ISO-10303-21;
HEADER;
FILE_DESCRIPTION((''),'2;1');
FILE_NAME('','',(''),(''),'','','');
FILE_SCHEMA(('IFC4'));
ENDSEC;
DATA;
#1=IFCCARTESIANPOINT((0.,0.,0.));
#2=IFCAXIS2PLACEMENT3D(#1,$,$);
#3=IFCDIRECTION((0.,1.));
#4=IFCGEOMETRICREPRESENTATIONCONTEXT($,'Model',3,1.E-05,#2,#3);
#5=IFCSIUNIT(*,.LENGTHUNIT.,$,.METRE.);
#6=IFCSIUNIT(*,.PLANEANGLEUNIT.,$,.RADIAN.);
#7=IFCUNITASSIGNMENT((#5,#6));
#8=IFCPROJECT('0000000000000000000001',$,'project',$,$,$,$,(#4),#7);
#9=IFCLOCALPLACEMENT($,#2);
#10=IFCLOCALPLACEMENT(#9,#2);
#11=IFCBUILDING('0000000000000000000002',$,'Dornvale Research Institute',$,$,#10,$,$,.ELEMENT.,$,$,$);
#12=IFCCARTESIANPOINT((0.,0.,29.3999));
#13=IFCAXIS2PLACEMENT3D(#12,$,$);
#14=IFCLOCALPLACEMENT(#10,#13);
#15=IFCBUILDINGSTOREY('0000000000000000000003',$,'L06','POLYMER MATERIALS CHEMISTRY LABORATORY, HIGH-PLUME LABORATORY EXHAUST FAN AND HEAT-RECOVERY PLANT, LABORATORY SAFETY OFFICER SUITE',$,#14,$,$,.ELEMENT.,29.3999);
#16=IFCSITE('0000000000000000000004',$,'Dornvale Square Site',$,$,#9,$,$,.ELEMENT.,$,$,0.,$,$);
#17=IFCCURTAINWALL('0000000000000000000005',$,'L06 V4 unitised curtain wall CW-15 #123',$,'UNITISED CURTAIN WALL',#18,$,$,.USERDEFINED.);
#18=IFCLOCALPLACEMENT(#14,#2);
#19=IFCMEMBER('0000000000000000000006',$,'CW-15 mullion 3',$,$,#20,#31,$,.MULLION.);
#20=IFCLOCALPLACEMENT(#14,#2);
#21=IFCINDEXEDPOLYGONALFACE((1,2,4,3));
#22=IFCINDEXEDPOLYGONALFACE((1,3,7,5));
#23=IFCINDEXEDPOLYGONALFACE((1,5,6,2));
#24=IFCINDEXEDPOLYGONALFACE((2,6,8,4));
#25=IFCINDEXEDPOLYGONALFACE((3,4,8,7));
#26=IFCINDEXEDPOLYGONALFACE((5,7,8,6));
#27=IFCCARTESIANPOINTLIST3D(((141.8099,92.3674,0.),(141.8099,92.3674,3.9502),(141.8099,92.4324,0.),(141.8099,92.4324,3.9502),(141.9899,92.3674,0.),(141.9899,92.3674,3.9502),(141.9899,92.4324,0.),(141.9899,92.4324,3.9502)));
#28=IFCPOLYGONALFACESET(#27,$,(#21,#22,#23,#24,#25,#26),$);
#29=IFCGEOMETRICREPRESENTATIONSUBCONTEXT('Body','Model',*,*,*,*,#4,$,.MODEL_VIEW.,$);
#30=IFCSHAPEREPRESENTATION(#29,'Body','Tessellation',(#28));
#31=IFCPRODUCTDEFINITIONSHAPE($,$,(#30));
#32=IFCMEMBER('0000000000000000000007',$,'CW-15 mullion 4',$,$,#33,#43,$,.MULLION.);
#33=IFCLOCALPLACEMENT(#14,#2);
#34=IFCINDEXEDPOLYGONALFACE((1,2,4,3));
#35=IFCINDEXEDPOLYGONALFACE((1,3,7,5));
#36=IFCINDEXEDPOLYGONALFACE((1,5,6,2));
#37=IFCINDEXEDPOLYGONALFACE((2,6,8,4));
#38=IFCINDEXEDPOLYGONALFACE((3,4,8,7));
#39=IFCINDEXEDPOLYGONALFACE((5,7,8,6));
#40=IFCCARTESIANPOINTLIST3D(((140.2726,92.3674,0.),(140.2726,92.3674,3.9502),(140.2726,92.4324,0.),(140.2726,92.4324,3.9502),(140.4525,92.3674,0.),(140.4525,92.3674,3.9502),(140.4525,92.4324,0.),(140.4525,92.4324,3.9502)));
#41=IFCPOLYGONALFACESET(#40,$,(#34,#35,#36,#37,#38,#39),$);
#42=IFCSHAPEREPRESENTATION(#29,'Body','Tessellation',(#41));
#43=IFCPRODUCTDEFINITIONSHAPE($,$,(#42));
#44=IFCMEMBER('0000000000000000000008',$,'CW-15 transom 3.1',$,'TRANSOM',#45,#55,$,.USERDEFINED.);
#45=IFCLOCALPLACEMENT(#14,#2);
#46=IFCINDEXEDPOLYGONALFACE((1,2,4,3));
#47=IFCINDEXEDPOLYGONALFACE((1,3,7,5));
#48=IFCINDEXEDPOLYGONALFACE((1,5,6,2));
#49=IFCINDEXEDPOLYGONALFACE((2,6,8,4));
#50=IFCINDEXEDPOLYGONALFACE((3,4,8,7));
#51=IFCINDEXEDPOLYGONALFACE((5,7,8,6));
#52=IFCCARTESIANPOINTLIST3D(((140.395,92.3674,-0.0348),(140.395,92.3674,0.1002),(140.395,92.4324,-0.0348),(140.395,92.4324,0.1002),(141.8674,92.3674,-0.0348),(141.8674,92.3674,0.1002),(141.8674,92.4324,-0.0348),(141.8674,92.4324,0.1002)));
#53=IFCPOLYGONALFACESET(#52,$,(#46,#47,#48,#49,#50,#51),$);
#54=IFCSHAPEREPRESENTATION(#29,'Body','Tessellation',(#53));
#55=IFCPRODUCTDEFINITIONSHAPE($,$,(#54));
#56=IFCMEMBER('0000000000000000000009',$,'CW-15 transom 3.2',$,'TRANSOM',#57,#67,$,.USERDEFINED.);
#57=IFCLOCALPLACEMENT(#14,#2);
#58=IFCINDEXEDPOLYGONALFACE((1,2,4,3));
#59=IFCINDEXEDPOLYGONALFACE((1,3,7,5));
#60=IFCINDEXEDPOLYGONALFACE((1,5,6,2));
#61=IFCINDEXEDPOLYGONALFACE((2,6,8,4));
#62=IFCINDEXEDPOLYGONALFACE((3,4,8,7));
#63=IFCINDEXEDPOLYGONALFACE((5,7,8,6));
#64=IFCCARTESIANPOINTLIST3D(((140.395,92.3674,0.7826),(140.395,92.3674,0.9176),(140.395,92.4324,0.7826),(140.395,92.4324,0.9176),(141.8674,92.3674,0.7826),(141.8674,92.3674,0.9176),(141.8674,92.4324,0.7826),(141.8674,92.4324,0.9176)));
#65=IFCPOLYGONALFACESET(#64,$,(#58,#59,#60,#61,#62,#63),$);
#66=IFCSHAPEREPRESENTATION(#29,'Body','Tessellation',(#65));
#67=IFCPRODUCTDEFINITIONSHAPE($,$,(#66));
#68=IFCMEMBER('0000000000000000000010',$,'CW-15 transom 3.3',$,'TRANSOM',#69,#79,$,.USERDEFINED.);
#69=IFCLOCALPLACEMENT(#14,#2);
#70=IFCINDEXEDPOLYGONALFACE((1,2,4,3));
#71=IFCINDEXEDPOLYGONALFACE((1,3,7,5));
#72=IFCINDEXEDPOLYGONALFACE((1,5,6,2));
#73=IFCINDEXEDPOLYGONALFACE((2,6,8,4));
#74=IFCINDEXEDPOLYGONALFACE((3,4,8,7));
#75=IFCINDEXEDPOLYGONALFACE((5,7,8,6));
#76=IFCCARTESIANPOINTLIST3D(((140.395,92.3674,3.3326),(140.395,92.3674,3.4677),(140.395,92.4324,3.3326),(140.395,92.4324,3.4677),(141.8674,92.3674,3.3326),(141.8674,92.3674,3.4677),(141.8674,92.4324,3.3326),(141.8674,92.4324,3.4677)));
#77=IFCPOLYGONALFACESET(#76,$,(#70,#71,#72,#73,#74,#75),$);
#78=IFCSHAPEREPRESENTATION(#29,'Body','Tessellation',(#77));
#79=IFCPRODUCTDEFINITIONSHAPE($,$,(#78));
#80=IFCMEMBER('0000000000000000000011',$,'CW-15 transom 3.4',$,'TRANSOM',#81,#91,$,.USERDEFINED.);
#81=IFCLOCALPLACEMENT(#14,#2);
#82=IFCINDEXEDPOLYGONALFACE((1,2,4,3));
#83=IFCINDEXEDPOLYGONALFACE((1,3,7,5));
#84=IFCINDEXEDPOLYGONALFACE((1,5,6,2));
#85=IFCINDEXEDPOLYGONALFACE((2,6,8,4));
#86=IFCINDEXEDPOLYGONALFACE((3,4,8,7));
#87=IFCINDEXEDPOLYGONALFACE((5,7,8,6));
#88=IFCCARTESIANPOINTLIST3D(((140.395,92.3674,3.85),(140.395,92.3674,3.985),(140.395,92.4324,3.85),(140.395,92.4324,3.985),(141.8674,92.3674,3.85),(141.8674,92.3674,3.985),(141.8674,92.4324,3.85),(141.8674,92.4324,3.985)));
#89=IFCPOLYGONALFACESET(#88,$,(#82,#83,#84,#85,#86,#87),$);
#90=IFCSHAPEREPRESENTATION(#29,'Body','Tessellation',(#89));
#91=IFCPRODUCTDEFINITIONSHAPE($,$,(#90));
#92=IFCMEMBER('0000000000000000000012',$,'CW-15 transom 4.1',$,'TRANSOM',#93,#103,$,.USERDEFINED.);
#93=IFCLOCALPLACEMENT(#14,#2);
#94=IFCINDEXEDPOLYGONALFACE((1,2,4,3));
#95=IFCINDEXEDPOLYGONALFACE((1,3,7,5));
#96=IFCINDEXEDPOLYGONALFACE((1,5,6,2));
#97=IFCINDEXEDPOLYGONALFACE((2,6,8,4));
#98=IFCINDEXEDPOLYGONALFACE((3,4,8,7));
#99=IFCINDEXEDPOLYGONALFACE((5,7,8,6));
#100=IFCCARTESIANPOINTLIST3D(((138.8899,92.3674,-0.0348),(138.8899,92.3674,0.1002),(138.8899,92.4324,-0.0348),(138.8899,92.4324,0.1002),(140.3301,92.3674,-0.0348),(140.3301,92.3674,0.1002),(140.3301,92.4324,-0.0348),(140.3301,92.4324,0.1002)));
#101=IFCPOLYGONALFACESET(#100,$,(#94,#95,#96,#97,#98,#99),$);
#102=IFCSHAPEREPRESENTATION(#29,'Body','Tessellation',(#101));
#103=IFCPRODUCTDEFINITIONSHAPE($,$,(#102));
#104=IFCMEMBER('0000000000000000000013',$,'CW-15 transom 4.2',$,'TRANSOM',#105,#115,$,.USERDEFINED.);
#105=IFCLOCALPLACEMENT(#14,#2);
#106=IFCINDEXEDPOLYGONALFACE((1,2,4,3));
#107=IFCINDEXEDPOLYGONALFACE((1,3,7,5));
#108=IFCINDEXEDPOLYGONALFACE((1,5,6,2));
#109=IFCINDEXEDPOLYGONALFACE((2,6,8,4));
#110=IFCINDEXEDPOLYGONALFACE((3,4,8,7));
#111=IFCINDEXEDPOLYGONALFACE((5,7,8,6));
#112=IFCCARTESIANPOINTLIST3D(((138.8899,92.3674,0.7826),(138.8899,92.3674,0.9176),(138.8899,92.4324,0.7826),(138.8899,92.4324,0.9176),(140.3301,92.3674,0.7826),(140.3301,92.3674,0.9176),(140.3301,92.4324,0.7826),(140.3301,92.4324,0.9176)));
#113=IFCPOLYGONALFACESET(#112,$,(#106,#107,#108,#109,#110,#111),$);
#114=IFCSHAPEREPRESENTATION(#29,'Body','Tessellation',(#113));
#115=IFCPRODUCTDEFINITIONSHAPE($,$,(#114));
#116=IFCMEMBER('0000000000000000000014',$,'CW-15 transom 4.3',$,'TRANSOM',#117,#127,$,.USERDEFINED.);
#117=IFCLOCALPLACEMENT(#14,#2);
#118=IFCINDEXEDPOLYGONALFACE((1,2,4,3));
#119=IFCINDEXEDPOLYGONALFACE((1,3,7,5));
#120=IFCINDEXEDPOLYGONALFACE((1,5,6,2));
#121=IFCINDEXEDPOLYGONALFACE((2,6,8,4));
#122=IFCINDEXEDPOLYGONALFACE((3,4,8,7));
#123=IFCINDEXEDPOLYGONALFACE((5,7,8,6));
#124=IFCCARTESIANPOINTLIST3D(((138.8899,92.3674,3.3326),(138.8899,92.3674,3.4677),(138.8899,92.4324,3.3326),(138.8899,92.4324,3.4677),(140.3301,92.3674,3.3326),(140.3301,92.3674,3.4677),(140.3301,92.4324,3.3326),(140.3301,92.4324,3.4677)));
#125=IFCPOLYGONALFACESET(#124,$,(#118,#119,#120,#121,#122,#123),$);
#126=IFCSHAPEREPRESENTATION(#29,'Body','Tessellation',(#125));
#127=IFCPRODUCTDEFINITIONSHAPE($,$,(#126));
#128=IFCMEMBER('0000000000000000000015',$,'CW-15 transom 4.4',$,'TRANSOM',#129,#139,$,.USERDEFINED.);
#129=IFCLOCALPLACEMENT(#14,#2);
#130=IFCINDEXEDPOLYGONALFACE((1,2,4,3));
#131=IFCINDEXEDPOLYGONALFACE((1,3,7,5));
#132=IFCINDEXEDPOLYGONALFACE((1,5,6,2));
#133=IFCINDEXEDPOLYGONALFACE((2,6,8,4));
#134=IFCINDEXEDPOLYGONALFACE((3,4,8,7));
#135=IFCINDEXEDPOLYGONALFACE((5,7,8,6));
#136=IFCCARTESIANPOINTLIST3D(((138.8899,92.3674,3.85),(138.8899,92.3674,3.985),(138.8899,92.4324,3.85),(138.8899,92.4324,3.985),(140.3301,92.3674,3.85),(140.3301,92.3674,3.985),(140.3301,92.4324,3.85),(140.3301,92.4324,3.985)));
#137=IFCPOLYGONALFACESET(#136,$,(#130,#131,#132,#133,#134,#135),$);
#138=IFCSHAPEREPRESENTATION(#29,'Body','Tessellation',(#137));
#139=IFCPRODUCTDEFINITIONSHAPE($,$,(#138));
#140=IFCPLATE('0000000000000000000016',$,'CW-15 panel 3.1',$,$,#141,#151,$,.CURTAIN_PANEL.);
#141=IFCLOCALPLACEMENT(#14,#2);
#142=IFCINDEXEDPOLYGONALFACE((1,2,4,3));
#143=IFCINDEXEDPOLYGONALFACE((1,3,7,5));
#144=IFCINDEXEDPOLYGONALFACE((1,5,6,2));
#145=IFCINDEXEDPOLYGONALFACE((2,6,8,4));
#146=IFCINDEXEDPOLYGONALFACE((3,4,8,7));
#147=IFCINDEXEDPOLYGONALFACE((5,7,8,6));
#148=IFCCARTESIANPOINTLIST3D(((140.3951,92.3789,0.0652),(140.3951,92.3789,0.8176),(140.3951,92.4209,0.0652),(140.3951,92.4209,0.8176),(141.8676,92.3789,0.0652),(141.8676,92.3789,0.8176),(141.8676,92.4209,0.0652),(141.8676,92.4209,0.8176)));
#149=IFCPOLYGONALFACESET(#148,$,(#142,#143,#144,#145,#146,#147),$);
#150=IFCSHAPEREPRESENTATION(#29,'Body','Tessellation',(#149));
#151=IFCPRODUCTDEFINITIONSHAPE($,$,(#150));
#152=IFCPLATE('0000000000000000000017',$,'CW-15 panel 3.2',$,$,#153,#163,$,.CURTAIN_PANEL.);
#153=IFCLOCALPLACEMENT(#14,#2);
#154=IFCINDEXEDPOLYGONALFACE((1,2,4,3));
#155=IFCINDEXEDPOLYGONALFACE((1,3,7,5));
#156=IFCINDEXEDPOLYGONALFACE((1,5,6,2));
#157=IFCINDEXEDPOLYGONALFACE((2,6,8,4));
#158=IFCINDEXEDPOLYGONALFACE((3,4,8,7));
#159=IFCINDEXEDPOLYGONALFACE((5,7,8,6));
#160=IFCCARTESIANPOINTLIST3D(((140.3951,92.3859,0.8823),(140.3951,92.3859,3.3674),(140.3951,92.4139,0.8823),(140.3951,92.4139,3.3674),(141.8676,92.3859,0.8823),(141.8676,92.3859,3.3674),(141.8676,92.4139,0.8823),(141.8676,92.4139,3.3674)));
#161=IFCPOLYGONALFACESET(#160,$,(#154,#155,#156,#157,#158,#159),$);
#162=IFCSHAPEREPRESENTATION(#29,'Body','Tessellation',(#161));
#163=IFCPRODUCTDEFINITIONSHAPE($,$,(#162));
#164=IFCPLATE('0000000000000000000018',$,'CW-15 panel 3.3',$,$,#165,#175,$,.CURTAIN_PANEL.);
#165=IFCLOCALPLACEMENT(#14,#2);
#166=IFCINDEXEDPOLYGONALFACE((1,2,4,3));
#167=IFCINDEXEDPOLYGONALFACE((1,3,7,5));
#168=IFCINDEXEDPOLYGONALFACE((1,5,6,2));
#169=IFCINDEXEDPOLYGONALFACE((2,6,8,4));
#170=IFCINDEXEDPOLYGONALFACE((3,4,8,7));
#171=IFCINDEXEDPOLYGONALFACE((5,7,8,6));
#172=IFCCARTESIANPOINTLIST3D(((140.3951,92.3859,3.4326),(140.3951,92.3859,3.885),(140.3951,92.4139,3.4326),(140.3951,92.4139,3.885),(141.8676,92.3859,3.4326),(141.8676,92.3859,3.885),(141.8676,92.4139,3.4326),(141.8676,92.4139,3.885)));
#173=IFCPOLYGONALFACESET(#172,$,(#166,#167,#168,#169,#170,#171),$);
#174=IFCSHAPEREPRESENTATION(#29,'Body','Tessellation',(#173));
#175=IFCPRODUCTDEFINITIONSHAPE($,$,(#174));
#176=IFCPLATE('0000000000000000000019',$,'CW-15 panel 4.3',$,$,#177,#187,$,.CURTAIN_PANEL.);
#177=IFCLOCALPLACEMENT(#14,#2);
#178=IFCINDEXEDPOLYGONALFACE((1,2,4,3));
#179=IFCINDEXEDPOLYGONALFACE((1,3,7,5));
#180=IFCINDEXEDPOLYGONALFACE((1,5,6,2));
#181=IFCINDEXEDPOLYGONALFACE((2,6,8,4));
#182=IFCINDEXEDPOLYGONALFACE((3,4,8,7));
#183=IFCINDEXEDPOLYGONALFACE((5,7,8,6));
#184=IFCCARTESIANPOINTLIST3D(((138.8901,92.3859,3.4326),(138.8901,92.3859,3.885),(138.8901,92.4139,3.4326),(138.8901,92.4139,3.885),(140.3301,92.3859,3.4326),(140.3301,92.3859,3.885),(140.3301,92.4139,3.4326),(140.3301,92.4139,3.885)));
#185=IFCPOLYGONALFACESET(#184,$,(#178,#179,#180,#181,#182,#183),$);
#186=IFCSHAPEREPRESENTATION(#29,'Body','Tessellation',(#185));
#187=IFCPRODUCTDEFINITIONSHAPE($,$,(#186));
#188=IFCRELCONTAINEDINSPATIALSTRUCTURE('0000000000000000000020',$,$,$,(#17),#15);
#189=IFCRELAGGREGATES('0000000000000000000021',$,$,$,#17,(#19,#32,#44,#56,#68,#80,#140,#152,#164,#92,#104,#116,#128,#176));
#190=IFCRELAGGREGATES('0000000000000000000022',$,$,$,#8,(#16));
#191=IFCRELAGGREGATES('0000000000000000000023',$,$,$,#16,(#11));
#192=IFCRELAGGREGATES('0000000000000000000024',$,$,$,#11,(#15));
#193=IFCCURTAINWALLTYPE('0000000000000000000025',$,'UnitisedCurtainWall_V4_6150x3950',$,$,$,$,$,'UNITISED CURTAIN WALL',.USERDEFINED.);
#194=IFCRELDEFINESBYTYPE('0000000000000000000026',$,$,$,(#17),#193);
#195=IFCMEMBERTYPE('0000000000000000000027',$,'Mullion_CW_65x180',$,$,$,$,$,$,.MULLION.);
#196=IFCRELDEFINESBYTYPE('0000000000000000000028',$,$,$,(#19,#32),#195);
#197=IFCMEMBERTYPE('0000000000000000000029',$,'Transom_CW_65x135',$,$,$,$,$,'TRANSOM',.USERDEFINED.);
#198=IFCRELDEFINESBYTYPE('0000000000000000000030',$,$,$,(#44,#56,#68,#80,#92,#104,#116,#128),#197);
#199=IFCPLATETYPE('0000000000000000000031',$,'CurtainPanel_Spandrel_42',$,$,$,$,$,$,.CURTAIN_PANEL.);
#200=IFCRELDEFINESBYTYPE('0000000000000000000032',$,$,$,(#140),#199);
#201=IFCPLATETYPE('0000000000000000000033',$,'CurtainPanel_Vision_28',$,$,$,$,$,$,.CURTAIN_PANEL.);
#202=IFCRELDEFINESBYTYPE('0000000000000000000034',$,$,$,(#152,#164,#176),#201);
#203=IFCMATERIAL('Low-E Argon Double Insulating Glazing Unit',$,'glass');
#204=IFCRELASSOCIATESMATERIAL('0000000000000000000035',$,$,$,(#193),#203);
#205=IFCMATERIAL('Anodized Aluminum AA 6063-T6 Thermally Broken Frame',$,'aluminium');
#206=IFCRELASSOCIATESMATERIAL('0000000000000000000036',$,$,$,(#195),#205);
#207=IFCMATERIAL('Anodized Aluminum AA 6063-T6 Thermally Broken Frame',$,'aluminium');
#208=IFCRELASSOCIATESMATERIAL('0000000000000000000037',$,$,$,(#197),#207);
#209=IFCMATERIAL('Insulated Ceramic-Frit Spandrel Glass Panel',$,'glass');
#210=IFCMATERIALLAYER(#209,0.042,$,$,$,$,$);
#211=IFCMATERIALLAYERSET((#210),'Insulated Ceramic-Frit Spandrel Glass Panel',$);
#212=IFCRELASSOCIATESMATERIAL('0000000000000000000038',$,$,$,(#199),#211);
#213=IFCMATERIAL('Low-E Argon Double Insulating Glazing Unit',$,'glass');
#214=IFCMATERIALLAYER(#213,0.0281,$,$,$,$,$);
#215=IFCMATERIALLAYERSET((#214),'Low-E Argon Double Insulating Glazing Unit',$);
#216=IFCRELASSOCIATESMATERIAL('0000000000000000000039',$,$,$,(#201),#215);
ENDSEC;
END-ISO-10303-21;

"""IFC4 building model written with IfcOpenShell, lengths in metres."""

from ifc_helpers import new_model, si_unit, direction, frame, origin, origin_2d, place, context, subcontext, project, spatial, rectangle, extrude, material, layer, layer_set, material_profile, profile_set, type_object, element, aggregate, save


model = new_model("IFC4")

# Units and contexts
model_context = context("Model", 3, precision=1e-05, world=origin(), true_north=direction((0.0, 1.0)))
body_context = subcontext(model_context, "Body", "Model", "MODEL_VIEW")
ifc_project = project(units=[si_unit("LENGTHUNIT", "METRE"), si_unit("PLANEANGLEUNIT", "RADIAN")], contexts=[model_context])

# Site, building, storey
site_placement = place(None, origin())
site = spatial("IfcSite", under=ifc_project, at=site_placement, Name="Dornvale Square Site", CompositionType="ELEMENT", RefElevation=0.0)
building_placement = place(site_placement, origin())
building = spatial("IfcBuilding", under=site, at=building_placement, Name="Dornvale Research Institute", CompositionType="ELEMENT")
storey_placement = place(building_placement, frame((0.0, 0.0, 29.3999)))
storey = spatial("IfcBuildingStorey", under=building, at=storey_placement, Name="L06", Description="POLYMER MATERIALS CHEMISTRY LABORATORY, HIGH-PLUME LABORATORY EXHAUST FAN AND HEAT-RECOVERY PLANT, LABORATORY SAFETY OFFICER SUITE", CompositionType="ELEMENT", Elevation=29.3999)

# Curtain wall, members, plates
ifc_material_1 = material(Name="Low-E Argon Double Insulating Glazing Unit", Category="glass")
curtain_wall_type = type_object("IfcCurtainWallType", Name="UnitisedCurtainWall_V4_6150x3950", ElementType="UNITISED CURTAIN WALL", PredefinedType="USERDEFINED", material=ifc_material_1)
curtain_wall_placement = place(storey_placement, origin())
curtain_wall = element("IfcCurtainWall", 1, at=curtain_wall_placement, inside=storey, type_object=curtain_wall_type, Name="L06 V4 unitised curtain wall CW-15 #123", ObjectType="UNITISED CURTAIN WALL", PredefinedType="USERDEFINED")
ifc_material_2 = material(Name="Anodized Aluminum AA 6063-T6 Thermally Broken Frame", Category="aluminium")
ifc_material_profile_1 = material_profile(ifc_material_2, rectangle(XDim=0.0649, YDim=0.1799, at=origin_2d()), Name="ALU MULLION 65x180")
ifc_profile_set_1 = profile_set([ifc_material_profile_1], Name="Anodized Aluminum AA 6063-T6 Thermally Broken Frame")
member_type_1 = type_object("IfcMemberType", Name="Mullion_CW_65x180", PredefinedType="MULLION", material=ifc_profile_set_1)
member_1_placement = place(storey_placement, frame((141.8999, 92.3999, 0.0), z_axis=(0.0, 0.0, 1.0), x_axis=(0.0, -1.0, 0.0)))
member_1 = element("IfcMember", 2, at=member_1_placement, type_object=member_type_1, Name="CW-15 mullion 3", PredefinedType="MULLION", context=body_context, shape_type="SweptSolid", body=[
    extrude(rectangle(XDim=0.0649, YDim=0.1799, at=origin_2d()), origin(), (0.0, 0.0, 1.0), 3.9502),
])
member_2_placement = place(storey_placement, frame((140.3625, 92.3999, 0.0), z_axis=(0.0, 0.0, 1.0), x_axis=(0.0, -1.0, 0.0)))
member_2 = element("IfcMember", 3, at=member_2_placement, type_object=member_type_1, Name="CW-15 mullion 4", PredefinedType="MULLION", context=body_context, shape_type="SweptSolid", body=[
    extrude(rectangle(XDim=0.0649, YDim=0.1799, at=origin_2d()), origin(), (0.0, 0.0, 1.0), 3.9502),
])
ifc_material_3 = material(Name="Anodized Aluminum AA 6063-T6 Thermally Broken Frame", Category="aluminium")
ifc_material_profile_2 = material_profile(ifc_material_3, rectangle(XDim=0.0649, YDim=0.135, at=origin_2d()), Name="ALU TRANSOM 65x135")
ifc_profile_set_2 = profile_set([ifc_material_profile_2], Name="Anodized Aluminum AA 6063-T6 Thermally Broken Frame")
member_type_2 = type_object("IfcMemberType", Name="Transom_CW_65x135", ElementType="TRANSOM", PredefinedType="USERDEFINED", material=ifc_profile_set_2)
member_3_placement = place(storey_placement, frame((141.8674, 92.3999, 0.0327), z_axis=(-1.0, 0.0, 0.0), x_axis=(0.0, -1.0, 0.0)))
member_3 = element("IfcMember", 4, at=member_3_placement, type_object=member_type_2, Name="CW-15 transom 3.1", ObjectType="TRANSOM", PredefinedType="USERDEFINED", context=body_context, shape_type="SweptSolid", body=[
    extrude(rectangle(XDim=0.0649, YDim=0.135, at=origin_2d()), origin(), (0.0, 0.0, 1.0), 1.4724),
])
member_4_placement = place(storey_placement, frame((141.8674, 92.3999, 0.8501), z_axis=(-1.0, 0.0, 0.0), x_axis=(0.0, -1.0, 0.0)))
member_4 = element("IfcMember", 5, at=member_4_placement, type_object=member_type_2, Name="CW-15 transom 3.2", ObjectType="TRANSOM", PredefinedType="USERDEFINED", context=body_context, shape_type="SweptSolid", body=[
    extrude(rectangle(XDim=0.0649, YDim=0.135, at=origin_2d()), origin(), (0.0, 0.0, 1.0), 1.4724),
])
member_5_placement = place(storey_placement, frame((141.8674, 92.3999, 3.4001), z_axis=(-1.0, 0.0, 0.0), x_axis=(0.0, -1.0, 0.0)))
member_5 = element("IfcMember", 6, at=member_5_placement, type_object=member_type_2, Name="CW-15 transom 3.3", ObjectType="TRANSOM", PredefinedType="USERDEFINED", context=body_context, shape_type="SweptSolid", body=[
    extrude(rectangle(XDim=0.0649, YDim=0.135, at=origin_2d()), origin(), (0.0, 0.0, 1.0), 1.4724),
])
member_6_placement = place(storey_placement, frame((141.8674, 92.3999, 3.9175), z_axis=(-1.0, 0.0, 0.0), x_axis=(0.0, -1.0, 0.0)))
member_6 = element("IfcMember", 7, at=member_6_placement, type_object=member_type_2, Name="CW-15 transom 3.4", ObjectType="TRANSOM", PredefinedType="USERDEFINED", context=body_context, shape_type="SweptSolid", body=[
    extrude(rectangle(XDim=0.0649, YDim=0.135, at=origin_2d()), origin(), (0.0, 0.0, 1.0), 1.4724),
])
member_7_placement = place(storey_placement, frame((140.3301, 92.3999, 0.0327), z_axis=(-1.0, 0.0, 0.0), x_axis=(0.0, -1.0, 0.0)))
member_7 = element("IfcMember", 8, at=member_7_placement, type_object=member_type_2, Name="CW-15 transom 4.1", ObjectType="TRANSOM", PredefinedType="USERDEFINED", context=body_context, shape_type="SweptSolid", body=[
    extrude(rectangle(XDim=0.0649, YDim=0.135, at=origin_2d()), origin(), (0.0, 0.0, 1.0), 1.4402),
])
member_8_placement = place(storey_placement, frame((140.3301, 92.3999, 0.8501), z_axis=(-1.0, 0.0, 0.0), x_axis=(0.0, -1.0, 0.0)))
member_8 = element("IfcMember", 9, at=member_8_placement, type_object=member_type_2, Name="CW-15 transom 4.2", ObjectType="TRANSOM", PredefinedType="USERDEFINED", context=body_context, shape_type="SweptSolid", body=[
    extrude(rectangle(XDim=0.0649, YDim=0.135, at=origin_2d()), origin(), (0.0, 0.0, 1.0), 1.4402),
])
member_9_placement = place(storey_placement, frame((140.3301, 92.3999, 3.4001), z_axis=(-1.0, 0.0, 0.0), x_axis=(0.0, -1.0, 0.0)))
member_9 = element("IfcMember", 10, at=member_9_placement, type_object=member_type_2, Name="CW-15 transom 4.3", ObjectType="TRANSOM", PredefinedType="USERDEFINED", context=body_context, shape_type="SweptSolid", body=[
    extrude(rectangle(XDim=0.0649, YDim=0.135, at=origin_2d()), origin(), (0.0, 0.0, 1.0), 1.4402),
])
member_10_placement = place(storey_placement, frame((140.3301, 92.3999, 3.9175), z_axis=(-1.0, 0.0, 0.0), x_axis=(0.0, -1.0, 0.0)))
member_10 = element("IfcMember", 11, at=member_10_placement, type_object=member_type_2, Name="CW-15 transom 4.4", ObjectType="TRANSOM", PredefinedType="USERDEFINED", context=body_context, shape_type="SweptSolid", body=[
    extrude(rectangle(XDim=0.0649, YDim=0.135, at=origin_2d()), origin(), (0.0, 0.0, 1.0), 1.4402),
])
ifc_material_4 = material(Name="Insulated Ceramic-Frit Spandrel Glass Panel", Category="glass")
ifc_layer_1 = layer(ifc_material_4, 0.042)
ifc_layer_set_1 = layer_set([ifc_layer_1], Name="Insulated Ceramic-Frit Spandrel Glass Panel")
plate_type_1 = type_object("IfcPlateType", Name="CurtainPanel_Spandrel_42", PredefinedType="CURTAIN_PANEL", material=ifc_layer_set_1)
plate_1_placement = place(storey_placement, frame((141.1313, 92.3999, 0.0652), z_axis=(0.0, 0.0, 1.0), x_axis=(-1.0, 0.0, 0.0)))
plate_1 = element("IfcPlate", 12, at=plate_1_placement, type_object=plate_type_1, Name="CW-15 panel 3.1", PredefinedType="CURTAIN_PANEL", context=body_context, shape_type="SweptSolid", body=[
    extrude(rectangle(XDim=1.4724, YDim=0.042, at=origin_2d()), origin(), (0.0, 0.0, 1.0), 0.7524),
])
ifc_material_5 = material(Name="Low-E Argon Double Insulating Glazing Unit", Category="glass")
ifc_layer_2 = layer(ifc_material_5, 0.0281)
ifc_layer_set_2 = layer_set([ifc_layer_2], Name="Low-E Argon Double Insulating Glazing Unit")
plate_type_2 = type_object("IfcPlateType", Name="CurtainPanel_Vision_28", PredefinedType="CURTAIN_PANEL", material=ifc_layer_set_2)
plate_2_placement = place(storey_placement, frame((141.1313, 92.3999, 0.8823), z_axis=(0.0, 0.0, 1.0), x_axis=(-1.0, 0.0, 0.0)))
plate_2 = element("IfcPlate", 13, at=plate_2_placement, type_object=plate_type_2, Name="CW-15 panel 3.2", PredefinedType="CURTAIN_PANEL", context=body_context, shape_type="SweptSolid", body=[
    extrude(rectangle(XDim=1.4724, YDim=0.0281, at=origin_2d()), origin(), (0.0, 0.0, 1.0), 2.4851),
])
plate_3_placement = place(storey_placement, frame((141.1313, 92.3999, 3.4326), z_axis=(0.0, 0.0, 1.0), x_axis=(-1.0, 0.0, 0.0)))
plate_3 = element("IfcPlate", 14, at=plate_3_placement, type_object=plate_type_2, Name="CW-15 panel 3.3", PredefinedType="CURTAIN_PANEL", context=body_context, shape_type="SweptSolid", body=[
    extrude(rectangle(XDim=1.4724, YDim=0.0281, at=origin_2d()), origin(), (0.0, 0.0, 1.0), 0.4524),
])
plate_4_placement = place(storey_placement, frame((139.6101, 92.3999, 3.4326), z_axis=(0.0, 0.0, 1.0), x_axis=(-1.0, 0.0, 0.0)))
plate_4 = element("IfcPlate", 15, at=plate_4_placement, type_object=plate_type_2, Name="CW-15 panel 4.3", PredefinedType="CURTAIN_PANEL", context=body_context, shape_type="SweptSolid", body=[
    extrude(rectangle(XDim=1.4399, YDim=0.0281, at=origin_2d()), origin(), (0.0, 0.0, 1.0), 0.4524),
])
aggregate(curtain_wall, [member_1, member_2, member_3, member_4, member_5, member_6, plate_1, plate_2, plate_3, member_7, member_8, member_9, member_10, plate_4])

save(model, "model.ifc")
